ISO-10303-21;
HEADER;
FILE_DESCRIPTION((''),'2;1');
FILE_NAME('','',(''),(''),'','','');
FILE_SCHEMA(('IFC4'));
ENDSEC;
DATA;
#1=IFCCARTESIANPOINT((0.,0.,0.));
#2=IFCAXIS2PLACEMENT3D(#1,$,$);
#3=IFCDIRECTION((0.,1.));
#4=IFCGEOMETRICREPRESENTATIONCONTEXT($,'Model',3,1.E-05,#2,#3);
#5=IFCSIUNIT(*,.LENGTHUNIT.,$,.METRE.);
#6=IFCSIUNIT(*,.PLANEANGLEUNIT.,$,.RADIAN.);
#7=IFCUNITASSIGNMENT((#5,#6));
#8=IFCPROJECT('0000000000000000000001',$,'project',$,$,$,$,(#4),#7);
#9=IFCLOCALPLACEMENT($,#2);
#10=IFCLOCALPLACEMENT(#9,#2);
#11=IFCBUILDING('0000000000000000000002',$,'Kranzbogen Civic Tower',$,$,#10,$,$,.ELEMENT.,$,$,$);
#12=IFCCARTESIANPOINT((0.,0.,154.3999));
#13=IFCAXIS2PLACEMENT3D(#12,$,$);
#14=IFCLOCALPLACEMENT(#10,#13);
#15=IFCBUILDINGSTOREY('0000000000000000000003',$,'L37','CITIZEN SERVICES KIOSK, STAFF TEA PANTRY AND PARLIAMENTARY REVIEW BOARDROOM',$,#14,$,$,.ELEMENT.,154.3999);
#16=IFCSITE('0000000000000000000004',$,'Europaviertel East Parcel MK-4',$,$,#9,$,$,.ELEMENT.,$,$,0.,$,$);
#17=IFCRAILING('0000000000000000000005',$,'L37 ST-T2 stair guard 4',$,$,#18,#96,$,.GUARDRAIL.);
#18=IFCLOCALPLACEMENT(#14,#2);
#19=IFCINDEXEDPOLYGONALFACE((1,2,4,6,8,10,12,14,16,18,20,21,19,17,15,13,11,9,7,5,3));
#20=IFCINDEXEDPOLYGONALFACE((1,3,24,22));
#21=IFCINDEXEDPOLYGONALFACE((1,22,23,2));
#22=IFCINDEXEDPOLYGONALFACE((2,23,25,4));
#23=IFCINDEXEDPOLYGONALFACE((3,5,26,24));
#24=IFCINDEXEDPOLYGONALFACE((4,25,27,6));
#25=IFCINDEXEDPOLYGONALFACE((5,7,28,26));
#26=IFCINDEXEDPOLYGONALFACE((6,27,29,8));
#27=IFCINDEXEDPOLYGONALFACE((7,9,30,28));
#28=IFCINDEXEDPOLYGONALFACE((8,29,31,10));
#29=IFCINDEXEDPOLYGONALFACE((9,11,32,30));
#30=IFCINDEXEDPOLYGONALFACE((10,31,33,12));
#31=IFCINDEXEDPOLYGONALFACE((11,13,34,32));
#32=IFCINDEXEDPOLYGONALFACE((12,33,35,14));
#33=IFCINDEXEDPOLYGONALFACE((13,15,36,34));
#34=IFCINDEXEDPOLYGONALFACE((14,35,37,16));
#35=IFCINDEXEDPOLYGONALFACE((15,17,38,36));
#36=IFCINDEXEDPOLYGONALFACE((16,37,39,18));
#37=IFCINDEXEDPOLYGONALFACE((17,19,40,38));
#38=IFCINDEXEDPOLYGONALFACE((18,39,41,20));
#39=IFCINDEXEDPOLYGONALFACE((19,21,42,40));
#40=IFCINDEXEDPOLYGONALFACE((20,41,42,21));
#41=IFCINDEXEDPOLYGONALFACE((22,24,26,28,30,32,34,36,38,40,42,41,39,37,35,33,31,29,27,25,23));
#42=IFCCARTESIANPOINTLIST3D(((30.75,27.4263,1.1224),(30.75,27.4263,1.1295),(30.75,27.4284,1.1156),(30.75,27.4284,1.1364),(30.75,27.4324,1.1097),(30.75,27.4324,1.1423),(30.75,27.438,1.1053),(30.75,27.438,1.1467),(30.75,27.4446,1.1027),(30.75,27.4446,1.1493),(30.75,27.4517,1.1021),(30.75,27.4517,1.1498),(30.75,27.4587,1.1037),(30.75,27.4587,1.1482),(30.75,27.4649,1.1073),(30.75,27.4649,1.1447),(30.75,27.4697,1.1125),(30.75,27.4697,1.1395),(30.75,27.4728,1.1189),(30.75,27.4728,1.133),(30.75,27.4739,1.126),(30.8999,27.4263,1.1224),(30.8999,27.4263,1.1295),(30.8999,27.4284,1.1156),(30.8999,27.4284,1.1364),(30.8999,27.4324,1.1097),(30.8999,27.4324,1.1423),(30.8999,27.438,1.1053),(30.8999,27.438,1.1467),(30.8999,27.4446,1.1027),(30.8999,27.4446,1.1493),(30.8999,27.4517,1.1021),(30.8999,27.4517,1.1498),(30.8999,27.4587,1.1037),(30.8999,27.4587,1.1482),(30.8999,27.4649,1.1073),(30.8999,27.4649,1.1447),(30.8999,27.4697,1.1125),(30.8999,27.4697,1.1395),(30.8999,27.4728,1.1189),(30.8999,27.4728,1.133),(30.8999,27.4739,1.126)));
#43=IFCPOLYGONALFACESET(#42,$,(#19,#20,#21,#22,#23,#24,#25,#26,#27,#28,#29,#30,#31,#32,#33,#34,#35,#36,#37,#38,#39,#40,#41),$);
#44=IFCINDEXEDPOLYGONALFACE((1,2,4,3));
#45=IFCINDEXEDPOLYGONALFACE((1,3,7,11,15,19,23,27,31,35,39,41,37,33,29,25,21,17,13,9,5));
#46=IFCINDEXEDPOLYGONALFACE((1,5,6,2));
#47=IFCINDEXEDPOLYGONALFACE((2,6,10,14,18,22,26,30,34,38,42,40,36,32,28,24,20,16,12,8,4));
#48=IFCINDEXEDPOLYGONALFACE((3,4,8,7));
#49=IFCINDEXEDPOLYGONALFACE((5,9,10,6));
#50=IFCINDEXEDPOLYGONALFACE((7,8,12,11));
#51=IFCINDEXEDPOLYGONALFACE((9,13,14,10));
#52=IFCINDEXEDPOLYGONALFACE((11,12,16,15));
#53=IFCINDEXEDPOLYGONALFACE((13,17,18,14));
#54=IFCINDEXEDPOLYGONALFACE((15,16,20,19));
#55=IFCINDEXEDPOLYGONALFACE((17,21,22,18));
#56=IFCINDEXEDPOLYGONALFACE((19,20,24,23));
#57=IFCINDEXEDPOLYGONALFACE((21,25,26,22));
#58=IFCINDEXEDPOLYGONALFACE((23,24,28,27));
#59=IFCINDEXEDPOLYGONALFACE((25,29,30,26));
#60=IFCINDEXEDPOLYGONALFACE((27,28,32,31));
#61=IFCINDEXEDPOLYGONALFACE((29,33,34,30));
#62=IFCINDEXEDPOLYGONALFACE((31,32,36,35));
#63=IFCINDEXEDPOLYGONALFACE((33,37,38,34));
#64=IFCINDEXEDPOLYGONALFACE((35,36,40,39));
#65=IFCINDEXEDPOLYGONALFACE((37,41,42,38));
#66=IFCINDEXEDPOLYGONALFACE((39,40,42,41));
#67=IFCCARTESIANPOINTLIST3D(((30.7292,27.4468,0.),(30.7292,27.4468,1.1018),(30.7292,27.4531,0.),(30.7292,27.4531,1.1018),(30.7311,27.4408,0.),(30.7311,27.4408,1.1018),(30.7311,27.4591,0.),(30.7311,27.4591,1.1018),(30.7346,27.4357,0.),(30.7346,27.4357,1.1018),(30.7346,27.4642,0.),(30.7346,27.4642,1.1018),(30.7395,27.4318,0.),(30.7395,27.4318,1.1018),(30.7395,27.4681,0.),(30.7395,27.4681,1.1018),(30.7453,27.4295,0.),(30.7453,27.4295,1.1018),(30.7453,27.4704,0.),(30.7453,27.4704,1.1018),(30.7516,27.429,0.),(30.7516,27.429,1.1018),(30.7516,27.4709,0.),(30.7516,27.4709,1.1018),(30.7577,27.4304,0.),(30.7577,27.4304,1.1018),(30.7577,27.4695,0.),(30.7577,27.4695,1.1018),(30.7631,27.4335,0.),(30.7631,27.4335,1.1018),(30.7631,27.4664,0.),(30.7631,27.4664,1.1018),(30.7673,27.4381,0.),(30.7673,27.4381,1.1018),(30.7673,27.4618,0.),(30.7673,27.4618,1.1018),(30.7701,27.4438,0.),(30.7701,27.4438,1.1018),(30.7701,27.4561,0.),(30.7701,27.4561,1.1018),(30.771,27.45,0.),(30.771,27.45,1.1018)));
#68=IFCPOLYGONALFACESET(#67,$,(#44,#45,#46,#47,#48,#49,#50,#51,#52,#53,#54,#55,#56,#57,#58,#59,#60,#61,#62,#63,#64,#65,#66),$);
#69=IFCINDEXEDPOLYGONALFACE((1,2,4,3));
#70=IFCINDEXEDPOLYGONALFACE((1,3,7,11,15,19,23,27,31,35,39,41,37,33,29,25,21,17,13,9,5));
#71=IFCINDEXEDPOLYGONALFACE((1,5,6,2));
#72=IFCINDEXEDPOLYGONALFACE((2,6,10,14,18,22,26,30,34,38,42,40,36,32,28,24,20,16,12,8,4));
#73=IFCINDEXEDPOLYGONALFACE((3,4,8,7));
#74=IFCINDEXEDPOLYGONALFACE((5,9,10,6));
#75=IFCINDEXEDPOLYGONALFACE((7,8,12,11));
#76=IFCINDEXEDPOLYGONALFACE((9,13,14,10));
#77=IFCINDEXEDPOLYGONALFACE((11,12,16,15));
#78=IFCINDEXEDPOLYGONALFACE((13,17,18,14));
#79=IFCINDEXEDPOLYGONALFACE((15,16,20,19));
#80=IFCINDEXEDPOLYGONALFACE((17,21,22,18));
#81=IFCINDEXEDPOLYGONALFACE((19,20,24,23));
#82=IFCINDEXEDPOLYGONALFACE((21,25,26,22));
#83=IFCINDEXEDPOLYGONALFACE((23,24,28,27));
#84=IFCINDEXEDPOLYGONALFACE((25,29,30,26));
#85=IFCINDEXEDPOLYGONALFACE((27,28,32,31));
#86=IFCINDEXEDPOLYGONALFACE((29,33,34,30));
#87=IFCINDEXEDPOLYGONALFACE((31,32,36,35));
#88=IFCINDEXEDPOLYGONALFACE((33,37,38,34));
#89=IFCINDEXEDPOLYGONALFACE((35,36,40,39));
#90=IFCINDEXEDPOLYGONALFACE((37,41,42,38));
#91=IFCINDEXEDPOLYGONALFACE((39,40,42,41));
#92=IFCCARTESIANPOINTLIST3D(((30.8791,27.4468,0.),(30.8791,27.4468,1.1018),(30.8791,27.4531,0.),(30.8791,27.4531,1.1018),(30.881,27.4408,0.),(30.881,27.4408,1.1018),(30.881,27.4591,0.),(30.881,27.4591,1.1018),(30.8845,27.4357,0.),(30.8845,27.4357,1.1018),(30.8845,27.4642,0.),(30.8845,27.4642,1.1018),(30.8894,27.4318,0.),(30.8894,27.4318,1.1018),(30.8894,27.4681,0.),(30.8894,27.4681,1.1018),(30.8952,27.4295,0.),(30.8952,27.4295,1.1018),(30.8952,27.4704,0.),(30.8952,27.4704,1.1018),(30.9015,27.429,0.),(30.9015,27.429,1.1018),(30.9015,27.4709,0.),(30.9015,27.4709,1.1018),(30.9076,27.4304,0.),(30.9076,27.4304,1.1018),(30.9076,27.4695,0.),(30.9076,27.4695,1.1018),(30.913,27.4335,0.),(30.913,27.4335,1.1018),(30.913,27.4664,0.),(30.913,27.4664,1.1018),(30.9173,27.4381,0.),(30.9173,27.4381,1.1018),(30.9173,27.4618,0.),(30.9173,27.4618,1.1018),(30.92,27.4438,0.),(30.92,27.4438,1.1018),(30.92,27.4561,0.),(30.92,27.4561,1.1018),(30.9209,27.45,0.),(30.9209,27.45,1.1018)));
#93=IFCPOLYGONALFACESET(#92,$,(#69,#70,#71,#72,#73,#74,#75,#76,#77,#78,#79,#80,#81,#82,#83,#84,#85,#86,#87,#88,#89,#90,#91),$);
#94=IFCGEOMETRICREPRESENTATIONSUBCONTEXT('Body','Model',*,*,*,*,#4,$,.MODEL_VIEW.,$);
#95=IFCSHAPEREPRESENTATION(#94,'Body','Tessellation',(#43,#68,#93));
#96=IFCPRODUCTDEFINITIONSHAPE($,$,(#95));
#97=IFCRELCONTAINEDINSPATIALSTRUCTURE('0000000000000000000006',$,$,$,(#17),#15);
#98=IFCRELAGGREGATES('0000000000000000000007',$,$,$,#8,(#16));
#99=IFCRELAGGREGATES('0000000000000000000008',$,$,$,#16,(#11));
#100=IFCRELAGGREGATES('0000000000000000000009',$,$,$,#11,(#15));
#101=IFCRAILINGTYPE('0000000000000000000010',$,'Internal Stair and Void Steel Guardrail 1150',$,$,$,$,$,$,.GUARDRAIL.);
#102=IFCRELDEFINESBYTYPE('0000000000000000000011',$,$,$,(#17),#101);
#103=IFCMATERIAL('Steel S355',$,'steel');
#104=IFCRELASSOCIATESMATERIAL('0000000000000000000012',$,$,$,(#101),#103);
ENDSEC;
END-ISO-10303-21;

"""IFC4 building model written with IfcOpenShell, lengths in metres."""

from ifc_helpers import new_model, si_unit, direction, frame, origin, origin_2d, place, context, subcontext, project, spatial, circle, extrude, material, type_object, element, save


model = new_model("IFC4")

# Units and contexts
model_context = context("Model", 3, precision=1e-05, world=origin(), true_north=direction((0.0, 1.0)))
body_context = subcontext(model_context, "Body", "Model", "MODEL_VIEW")
ifc_project = project(units=[si_unit("LENGTHUNIT", "METRE"), si_unit("PLANEANGLEUNIT", "RADIAN")], contexts=[model_context])

# Site, building, storey
site_placement = place(None, origin())
site = spatial("IfcSite", under=ifc_project, at=site_placement, Name="Europaviertel East Parcel MK-4", CompositionType="ELEMENT", RefElevation=0.0)
building_placement = place(site_placement, origin())
building = spatial("IfcBuilding", under=site, at=building_placement, Name="Kranzbogen Civic Tower", CompositionType="ELEMENT")
storey_placement = place(building_placement, frame((0.0, 0.0, 154.3999)))
storey = spatial("IfcBuildingStorey", under=building, at=storey_placement, Name="L37", Description="CITIZEN SERVICES KIOSK, STAFF TEA PANTRY AND PARLIAMENTARY REVIEW BOARDROOM", CompositionType="ELEMENT", Elevation=154.3999)

# Shared definitions
ifc_material_1 = material(Name="Steel S355", Category="steel")

# Railing
railing_type_1 = type_object("IfcRailingType", Name="Internal Stair and Void Steel Guardrail 1150", PredefinedType="GUARDRAIL", material=ifc_material_1)
railing_1_placement = place(storey_placement, frame((30.75, 27.45, 0.0)))
element("IfcRailing", 1, at=railing_1_placement, inside=storey, type_object=railing_type_1, Name="L37 ST-T2 stair guard 4", PredefinedType="GUARDRAIL", context=body_context, shape_type="SweptSolid", body=[
    extrude(circle(Radius=0.0239, at=origin_2d()), frame((0.0, 0.0, 1.126), z_axis=(1.0, 0.0, 0.0), x_axis=(0.0, 1.0, 0.0)), (0.0, 0.0, 1.0), 0.1499),
    extrude(circle(Radius=0.021, at=origin_2d()), origin(), (0.0, 0.0, 1.0), 1.1018),
    extrude(circle(Radius=0.021, at=origin_2d()), frame((0.1499, 0.0, 0.0)), (0.0, 0.0, 1.0), 1.1018),
])

save(model, "model.ifc")
